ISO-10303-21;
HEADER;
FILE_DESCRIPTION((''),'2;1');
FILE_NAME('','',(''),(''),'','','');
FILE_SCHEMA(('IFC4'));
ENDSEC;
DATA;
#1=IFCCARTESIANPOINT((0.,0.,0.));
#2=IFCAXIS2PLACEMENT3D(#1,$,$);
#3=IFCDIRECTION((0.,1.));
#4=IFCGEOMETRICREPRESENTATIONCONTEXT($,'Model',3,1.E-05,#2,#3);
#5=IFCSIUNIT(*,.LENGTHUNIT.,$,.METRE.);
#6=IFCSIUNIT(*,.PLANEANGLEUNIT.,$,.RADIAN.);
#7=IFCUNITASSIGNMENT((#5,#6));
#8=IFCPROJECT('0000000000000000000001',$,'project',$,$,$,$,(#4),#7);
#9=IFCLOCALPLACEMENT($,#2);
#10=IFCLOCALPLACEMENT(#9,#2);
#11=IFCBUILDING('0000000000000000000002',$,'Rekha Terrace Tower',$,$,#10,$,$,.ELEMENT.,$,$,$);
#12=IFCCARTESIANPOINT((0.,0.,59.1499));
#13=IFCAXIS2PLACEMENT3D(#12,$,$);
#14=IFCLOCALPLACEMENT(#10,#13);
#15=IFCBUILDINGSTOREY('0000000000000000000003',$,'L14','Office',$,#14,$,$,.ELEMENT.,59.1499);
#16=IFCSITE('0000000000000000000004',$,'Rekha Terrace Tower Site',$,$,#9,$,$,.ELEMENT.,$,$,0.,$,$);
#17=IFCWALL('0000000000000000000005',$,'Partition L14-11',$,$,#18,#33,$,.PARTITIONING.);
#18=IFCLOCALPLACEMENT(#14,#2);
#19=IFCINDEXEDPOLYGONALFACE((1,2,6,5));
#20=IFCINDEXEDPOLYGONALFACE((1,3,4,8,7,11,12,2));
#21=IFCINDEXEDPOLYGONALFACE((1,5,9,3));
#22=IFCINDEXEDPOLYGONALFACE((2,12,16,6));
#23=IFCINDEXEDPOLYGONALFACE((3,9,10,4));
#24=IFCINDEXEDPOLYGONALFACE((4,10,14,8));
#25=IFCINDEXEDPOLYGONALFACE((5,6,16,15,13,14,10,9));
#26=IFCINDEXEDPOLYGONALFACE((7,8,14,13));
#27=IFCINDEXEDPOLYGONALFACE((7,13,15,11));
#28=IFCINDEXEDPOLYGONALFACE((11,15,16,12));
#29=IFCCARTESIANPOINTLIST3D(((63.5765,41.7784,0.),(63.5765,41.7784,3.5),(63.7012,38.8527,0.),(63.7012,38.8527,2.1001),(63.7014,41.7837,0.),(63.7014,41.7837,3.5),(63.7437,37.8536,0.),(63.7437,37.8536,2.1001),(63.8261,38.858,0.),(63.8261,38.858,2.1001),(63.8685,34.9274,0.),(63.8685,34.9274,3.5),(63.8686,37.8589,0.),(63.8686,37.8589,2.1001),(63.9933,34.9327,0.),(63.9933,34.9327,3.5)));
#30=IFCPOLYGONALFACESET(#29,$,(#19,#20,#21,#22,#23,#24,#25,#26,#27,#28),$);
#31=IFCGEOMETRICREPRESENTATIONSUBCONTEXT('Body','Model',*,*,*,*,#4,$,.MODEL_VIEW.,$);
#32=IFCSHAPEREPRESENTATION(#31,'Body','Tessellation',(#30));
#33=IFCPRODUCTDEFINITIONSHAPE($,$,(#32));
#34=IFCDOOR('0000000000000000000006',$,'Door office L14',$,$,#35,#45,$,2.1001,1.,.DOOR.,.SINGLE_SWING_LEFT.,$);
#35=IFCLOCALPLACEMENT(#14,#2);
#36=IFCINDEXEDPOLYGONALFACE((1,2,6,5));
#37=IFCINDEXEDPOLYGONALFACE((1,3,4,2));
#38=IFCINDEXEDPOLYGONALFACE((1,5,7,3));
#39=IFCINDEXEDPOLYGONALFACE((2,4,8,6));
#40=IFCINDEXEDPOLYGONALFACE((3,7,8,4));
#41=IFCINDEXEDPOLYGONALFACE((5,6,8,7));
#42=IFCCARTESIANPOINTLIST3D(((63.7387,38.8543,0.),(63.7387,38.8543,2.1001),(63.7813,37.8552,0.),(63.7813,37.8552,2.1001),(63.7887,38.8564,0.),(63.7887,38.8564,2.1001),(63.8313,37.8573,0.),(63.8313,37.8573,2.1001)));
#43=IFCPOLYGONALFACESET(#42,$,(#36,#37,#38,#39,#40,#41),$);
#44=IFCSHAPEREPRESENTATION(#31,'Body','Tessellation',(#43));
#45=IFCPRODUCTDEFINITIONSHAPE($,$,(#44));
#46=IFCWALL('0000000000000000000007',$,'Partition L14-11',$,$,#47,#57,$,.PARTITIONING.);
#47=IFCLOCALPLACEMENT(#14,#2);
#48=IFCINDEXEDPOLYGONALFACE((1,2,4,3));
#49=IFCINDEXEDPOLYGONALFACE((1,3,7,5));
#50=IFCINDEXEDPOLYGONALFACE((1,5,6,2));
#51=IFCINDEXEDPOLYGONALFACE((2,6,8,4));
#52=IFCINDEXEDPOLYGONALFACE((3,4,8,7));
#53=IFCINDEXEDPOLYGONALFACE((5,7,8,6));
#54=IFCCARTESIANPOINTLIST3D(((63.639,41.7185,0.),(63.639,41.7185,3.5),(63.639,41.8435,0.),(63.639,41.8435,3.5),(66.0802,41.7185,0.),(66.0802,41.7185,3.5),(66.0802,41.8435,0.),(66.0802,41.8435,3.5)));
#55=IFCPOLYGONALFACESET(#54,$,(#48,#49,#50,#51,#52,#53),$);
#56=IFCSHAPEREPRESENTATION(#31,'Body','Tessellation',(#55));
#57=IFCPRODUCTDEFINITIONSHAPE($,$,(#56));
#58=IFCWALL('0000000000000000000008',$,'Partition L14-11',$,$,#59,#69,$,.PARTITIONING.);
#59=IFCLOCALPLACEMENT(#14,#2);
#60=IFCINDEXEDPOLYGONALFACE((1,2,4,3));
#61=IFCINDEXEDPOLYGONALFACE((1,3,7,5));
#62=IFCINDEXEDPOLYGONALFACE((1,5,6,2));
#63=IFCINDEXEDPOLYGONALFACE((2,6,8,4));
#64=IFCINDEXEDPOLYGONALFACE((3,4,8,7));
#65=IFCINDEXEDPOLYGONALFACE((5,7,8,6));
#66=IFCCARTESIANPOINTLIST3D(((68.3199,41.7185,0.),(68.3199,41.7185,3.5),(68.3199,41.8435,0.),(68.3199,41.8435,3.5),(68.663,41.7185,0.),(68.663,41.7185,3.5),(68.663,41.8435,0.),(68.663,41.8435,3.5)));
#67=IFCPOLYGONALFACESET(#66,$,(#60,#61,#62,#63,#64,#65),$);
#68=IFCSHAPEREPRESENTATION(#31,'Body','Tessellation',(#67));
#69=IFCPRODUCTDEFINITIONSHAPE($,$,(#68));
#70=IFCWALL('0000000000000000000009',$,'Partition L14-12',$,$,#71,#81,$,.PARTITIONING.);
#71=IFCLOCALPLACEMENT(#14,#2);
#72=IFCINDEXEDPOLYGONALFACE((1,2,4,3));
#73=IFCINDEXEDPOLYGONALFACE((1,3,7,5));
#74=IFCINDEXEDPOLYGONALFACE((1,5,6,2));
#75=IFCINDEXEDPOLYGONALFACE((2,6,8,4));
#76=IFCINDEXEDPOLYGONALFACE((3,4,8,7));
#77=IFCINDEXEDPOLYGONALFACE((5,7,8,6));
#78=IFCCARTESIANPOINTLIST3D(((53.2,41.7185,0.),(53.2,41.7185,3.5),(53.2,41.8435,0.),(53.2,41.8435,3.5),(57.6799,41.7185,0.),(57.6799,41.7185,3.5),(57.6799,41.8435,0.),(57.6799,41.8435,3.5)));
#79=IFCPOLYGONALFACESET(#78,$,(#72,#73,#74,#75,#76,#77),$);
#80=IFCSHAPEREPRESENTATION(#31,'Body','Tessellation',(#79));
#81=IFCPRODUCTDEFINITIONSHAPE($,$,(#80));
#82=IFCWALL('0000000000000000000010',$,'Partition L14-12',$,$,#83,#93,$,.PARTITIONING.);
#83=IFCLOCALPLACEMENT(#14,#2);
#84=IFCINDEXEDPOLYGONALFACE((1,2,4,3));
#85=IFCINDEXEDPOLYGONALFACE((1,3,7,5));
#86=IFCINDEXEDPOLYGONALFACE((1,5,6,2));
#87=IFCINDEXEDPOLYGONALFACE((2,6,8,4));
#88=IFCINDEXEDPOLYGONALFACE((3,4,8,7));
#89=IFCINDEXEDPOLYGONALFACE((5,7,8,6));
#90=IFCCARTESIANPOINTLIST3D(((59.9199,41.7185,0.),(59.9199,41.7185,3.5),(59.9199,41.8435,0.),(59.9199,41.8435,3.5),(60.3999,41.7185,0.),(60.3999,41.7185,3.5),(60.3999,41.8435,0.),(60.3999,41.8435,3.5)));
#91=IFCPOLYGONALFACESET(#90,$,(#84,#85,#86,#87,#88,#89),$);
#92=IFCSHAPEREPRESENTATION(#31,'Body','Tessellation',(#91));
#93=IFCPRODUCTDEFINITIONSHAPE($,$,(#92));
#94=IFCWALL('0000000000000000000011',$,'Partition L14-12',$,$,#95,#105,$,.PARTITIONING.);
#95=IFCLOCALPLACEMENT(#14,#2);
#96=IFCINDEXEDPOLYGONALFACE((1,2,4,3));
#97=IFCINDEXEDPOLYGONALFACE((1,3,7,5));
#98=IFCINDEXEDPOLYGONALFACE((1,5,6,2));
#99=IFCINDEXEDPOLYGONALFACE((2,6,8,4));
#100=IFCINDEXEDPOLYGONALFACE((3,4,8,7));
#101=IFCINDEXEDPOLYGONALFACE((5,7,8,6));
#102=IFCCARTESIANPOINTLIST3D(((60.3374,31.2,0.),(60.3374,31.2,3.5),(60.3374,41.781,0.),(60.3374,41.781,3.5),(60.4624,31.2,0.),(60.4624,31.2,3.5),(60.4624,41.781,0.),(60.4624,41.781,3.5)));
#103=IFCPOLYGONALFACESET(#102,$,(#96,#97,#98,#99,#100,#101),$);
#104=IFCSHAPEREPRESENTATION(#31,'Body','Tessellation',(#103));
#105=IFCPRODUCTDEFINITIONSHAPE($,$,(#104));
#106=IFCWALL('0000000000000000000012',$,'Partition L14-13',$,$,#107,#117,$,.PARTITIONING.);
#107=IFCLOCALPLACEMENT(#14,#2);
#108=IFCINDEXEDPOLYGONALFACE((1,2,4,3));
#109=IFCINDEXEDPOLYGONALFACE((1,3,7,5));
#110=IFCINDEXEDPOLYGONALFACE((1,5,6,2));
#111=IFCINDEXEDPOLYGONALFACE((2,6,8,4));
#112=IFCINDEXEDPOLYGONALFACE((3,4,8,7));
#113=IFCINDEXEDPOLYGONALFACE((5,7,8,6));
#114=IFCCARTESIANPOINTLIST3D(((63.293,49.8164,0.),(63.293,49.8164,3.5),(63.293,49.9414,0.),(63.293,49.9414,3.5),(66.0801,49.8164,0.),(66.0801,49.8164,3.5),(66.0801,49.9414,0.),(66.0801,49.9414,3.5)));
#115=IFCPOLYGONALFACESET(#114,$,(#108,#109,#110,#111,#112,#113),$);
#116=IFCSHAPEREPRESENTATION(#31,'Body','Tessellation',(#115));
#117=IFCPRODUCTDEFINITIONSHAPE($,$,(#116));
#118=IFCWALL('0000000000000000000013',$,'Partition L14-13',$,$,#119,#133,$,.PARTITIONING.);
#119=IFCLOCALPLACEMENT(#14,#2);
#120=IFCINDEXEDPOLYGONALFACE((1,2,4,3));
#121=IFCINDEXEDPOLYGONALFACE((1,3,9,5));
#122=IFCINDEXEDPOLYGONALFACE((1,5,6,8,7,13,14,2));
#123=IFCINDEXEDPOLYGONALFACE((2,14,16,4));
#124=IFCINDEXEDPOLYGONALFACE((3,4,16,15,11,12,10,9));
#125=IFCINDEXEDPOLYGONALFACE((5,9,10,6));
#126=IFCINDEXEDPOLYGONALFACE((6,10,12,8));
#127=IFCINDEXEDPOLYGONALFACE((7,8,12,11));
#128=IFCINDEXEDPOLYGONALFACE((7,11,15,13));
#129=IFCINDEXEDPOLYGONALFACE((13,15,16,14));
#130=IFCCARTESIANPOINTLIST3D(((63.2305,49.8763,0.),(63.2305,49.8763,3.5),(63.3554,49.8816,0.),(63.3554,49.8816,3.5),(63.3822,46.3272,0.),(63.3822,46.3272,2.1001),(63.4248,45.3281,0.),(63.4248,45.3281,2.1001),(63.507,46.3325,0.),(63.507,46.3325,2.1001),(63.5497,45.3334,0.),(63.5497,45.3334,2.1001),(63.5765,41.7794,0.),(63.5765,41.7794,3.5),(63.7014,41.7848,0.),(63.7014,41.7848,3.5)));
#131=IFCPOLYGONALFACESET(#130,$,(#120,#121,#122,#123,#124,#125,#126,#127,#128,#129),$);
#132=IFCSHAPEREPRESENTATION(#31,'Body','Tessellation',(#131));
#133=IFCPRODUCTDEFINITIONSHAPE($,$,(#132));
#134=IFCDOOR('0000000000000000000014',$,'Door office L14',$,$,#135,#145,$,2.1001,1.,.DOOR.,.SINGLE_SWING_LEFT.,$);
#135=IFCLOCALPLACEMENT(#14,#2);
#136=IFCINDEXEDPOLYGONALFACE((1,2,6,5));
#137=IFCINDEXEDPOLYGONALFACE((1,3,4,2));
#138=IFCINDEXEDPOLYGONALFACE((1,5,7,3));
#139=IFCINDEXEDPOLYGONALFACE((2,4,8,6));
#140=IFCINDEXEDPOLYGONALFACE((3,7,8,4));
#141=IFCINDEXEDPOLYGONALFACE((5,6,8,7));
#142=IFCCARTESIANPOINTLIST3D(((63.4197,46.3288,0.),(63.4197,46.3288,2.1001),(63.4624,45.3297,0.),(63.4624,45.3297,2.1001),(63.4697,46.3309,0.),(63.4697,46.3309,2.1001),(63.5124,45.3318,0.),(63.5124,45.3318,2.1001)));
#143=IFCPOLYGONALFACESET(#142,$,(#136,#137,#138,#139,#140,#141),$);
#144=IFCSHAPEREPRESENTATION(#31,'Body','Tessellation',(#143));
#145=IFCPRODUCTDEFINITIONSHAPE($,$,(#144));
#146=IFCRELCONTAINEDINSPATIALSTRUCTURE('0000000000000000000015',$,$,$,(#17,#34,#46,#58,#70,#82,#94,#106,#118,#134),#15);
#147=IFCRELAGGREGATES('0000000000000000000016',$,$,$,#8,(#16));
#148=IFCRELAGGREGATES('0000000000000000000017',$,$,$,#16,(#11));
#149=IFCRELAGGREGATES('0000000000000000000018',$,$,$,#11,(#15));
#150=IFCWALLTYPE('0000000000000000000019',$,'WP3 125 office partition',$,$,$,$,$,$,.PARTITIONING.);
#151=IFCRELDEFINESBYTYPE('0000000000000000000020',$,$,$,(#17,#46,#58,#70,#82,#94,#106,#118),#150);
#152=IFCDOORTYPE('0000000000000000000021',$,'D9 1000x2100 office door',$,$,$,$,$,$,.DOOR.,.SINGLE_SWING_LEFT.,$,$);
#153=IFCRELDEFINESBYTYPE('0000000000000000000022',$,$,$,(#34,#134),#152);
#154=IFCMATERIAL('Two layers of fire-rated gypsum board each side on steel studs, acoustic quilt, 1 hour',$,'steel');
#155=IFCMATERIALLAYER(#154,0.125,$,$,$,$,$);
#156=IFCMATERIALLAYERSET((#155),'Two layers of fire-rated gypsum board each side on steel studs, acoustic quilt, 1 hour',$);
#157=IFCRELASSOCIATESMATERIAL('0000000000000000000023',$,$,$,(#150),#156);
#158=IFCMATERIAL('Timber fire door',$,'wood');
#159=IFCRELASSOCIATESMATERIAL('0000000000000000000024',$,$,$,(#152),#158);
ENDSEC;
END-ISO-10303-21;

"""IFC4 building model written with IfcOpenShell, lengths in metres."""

from ifc_helpers import new_model, si_unit, direction, frame, frame_2d, origin, place, context, subcontext, project, spatial, rectangle, extrude, material, layer, layer_set, type_object, element, fill, save


model = new_model("IFC4")

# Units and contexts
model_context = context("Model", 3, precision=1e-05, world=origin(), true_north=direction((0.0, 1.0)))
body_context = subcontext(model_context, "Body", "Model", "MODEL_VIEW")
ifc_project = project(units=[si_unit("LENGTHUNIT", "METRE"), si_unit("PLANEANGLEUNIT", "RADIAN")], contexts=[model_context])

# Site, building, storey
site_placement = place(None, origin())
site = spatial("IfcSite", under=ifc_project, at=site_placement, Name="Rekha Terrace Tower Site", CompositionType="ELEMENT", RefElevation=0.0)
building_placement = place(site_placement, origin())
building = spatial("IfcBuilding", under=site, at=building_placement, Name="Rekha Terrace Tower", CompositionType="ELEMENT")
storey_placement = place(building_placement, frame((0.0, 0.0, 59.1499)))
storey = spatial("IfcBuildingStorey", under=building, at=storey_placement, Name="L14", Description="Office", CompositionType="ELEMENT", Elevation=59.1499)

# Wall, opening, door
ifc_material_1 = material(Name="Two layers of fire-rated gypsum board each side on steel studs, acoustic quilt, 1 hour", Category="steel")
ifc_layer_1 = layer(ifc_material_1, 0.125)
ifc_layer_set_1 = layer_set([ifc_layer_1], Name="Two layers of fire-rated gypsum board each side on steel studs, acoustic quilt, 1 hour")
wall_type_1 = type_object("IfcWallType", Name="WP3 125 office partition", PredefinedType="PARTITIONING", material=ifc_layer_set_1)
wall_1_placement = place(storey_placement, frame((63.9309, 34.9299, 0.0), z_axis=(0.0, 0.0, 1.0), x_axis=(-0.042581, 0.999093, 0.0)))
wall_1 = element("IfcWall", 1, at=wall_1_placement, inside=storey, type_object=wall_type_1, Name="Partition L14-11", PredefinedType="PARTITIONING", context=body_context, shape_type="SweptSolid", body=[
    extrude(rectangle(XDim=6.8572, YDim=0.125, at=frame_2d((3.4287, 0.0))), origin(), (0.0, 0.0, 1.0), 3.5),
])
opening_1_placement = place(wall_1_placement, frame((2.929, 0.0, 0.0)))
opening_1 = element("IfcOpeningElement", 2, at=opening_1_placement, cuts=wall_1, PredefinedType="OPENING", context=body_context, shape_type="SweptSolid", body=[
    extrude(rectangle(XDim=1.0, YDim=2.1001, at=frame_2d((0.5, 1.05))), frame((0.0, 0.0725, 0.0), z_axis=(0.0, -1.0, 0.0), x_axis=(1.0, 0.0, 0.0)), (0.0, 0.0, 1.0), 0.145),
])
ifc_material_2 = material(Name="Timber fire door", Category="wood")
door_type = type_object("IfcDoorType", Name="D9 1000x2100 office door", OperationType="SINGLE_SWING_LEFT", PredefinedType="DOOR", material=ifc_material_2)
door_1_placement = place(opening_1_placement, origin())
door_1 = element("IfcDoor", 3, at=door_1_placement, inside=storey, type_object=door_type, Name="Door office L14", OperationType="SINGLE_SWING_LEFT", OverallHeight=2.1001, OverallWidth=1.0, PredefinedType="DOOR", context=body_context, shape_type="SweptSolid", body=[
    extrude(rectangle(XDim=1.0, YDim=2.1001, at=frame_2d((0.5, 1.05))), frame((0.0, 0.0249, 0.0), z_axis=(0.0, -1.0, 0.0), x_axis=(1.0, 0.0, 0.0)), (0.0, 0.0, 1.0), 0.05),
])
fill(opening_1, door_1)

# Walls
wall_2_placement = place(storey_placement, frame((63.6389, 41.781, 0.0), z_axis=(0.0, 0.0, 1.0), x_axis=(1.0, 0.0, 0.0)))
element("IfcWall", 4, at=wall_2_placement, inside=storey, type_object=wall_type_1, Name="Partition L14-11", PredefinedType="PARTITIONING", context=body_context, shape_type="SweptSolid", body=[
    extrude(rectangle(XDim=2.4412, YDim=0.125, at=frame_2d((1.2207, 0.0))), origin(), (0.0, 0.0, 1.0), 3.5),
])
wall_3_placement = place(storey_placement, frame((68.3201, 41.781, 0.0), z_axis=(0.0, 0.0, 1.0), x_axis=(1.0, 0.0, 0.0)))
element("IfcWall", 5, at=wall_3_placement, inside=storey, type_object=wall_type_1, Name="Partition L14-11", PredefinedType="PARTITIONING", context=body_context, shape_type="SweptSolid", body=[
    extrude(rectangle(XDim=0.343, YDim=0.125, at=frame_2d((0.1714, 0.0))), origin(), (0.0, 0.0, 1.0), 3.5),
])
wall_4_placement = place(storey_placement, frame((53.2, 41.781, 0.0), z_axis=(0.0, 0.0, 1.0), x_axis=(1.0, 0.0, 0.0)))
element("IfcWall", 6, at=wall_4_placement, inside=storey, type_object=wall_type_1, Name="Partition L14-12", PredefinedType="PARTITIONING", context=body_context, shape_type="SweptSolid", body=[
    extrude(rectangle(XDim=4.48, YDim=0.125, at=frame_2d((2.24, 0.0))), origin(), (0.0, 0.0, 1.0), 3.5),
])
wall_5_placement = place(storey_placement, frame((59.9199, 41.781, 0.0), z_axis=(0.0, 0.0, 1.0), x_axis=(1.0, 0.0, 0.0)))
element("IfcWall", 7, at=wall_5_placement, inside=storey, type_object=wall_type_1, Name="Partition L14-12", PredefinedType="PARTITIONING", context=body_context, shape_type="SweptSolid", body=[
    extrude(rectangle(XDim=0.48, YDim=0.125, at=frame_2d((0.24, 0.0))), origin(), (0.0, 0.0, 1.0), 3.5),
])
wall_6_placement = place(storey_placement, frame((60.3999, 41.781, 0.0), z_axis=(0.0, 0.0, 1.0), x_axis=(0.0, -1.0, 0.0)))
element("IfcWall", 8, at=wall_6_placement, inside=storey, type_object=wall_type_1, Name="Partition L14-12", PredefinedType="PARTITIONING", context=body_context, shape_type="SweptSolid", body=[
    extrude(rectangle(XDim=10.5811, YDim=0.125, at=frame_2d((5.2905, 0.0))), origin(), (0.0, 0.0, 1.0), 3.5),
])
wall_7_placement = place(storey_placement, frame((63.293, 49.8789, 0.0), z_axis=(0.0, 0.0, 1.0), x_axis=(1.0, 0.0, 0.0)))
element("IfcWall", 9, at=wall_7_placement, inside=storey, type_object=wall_type_1, Name="Partition L14-13", PredefinedType="PARTITIONING", context=body_context, shape_type="SweptSolid", body=[
    extrude(rectangle(XDim=2.7871, YDim=0.125, at=frame_2d((1.3936, 0.0))), origin(), (0.0, 0.0, 1.0), 3.5),
])

# Wall, opening, door
wall_8_placement = place(storey_placement, frame((63.6389, 41.782, 0.0), z_axis=(0.0, 0.0, 1.0), x_axis=(-0.042687, 0.999089, 0.0)))
wall_8 = element("IfcWall", 10, at=wall_8_placement, inside=storey, type_object=wall_type_1, Name="Partition L14-13", PredefinedType="PARTITIONING", context=body_context, shape_type="SweptSolid", body=[
    extrude(rectangle(XDim=8.1042, YDim=0.125, at=frame_2d((4.0522, 0.0))), origin(), (0.0, 0.0, 1.0), 3.5),
])
opening_2_placement = place(wall_8_placement, frame((3.552, 0.0, 0.0)))
opening_2 = element("IfcOpeningElement", 11, at=opening_2_placement, cuts=wall_8, PredefinedType="OPENING", context=body_context, shape_type="SweptSolid", body=[
    extrude(rectangle(XDim=1.0, YDim=2.1001, at=frame_2d((0.5, 1.05))), frame((0.0, 0.0725, 0.0), z_axis=(0.0, -1.0, 0.0), x_axis=(1.0, 0.0, 0.0)), (0.0, 0.0, 1.0), 0.145),
])
door_2_placement = place(opening_2_placement, origin())
door_2 = element("IfcDoor", 12, at=door_2_placement, inside=storey, type_object=door_type, Name="Door office L14", OperationType="SINGLE_SWING_LEFT", OverallHeight=2.1001, OverallWidth=1.0, PredefinedType="DOOR", context=body_context, shape_type="SweptSolid", body=[
    extrude(rectangle(XDim=1.0, YDim=2.1001, at=frame_2d((0.5, 1.05))), frame((0.0, 0.0249, 0.0), z_axis=(0.0, -1.0, 0.0), x_axis=(1.0, 0.0, 0.0)), (0.0, 0.0, 1.0), 0.05),
])
fill(opening_2, door_2)

save(model, "model.ifc")
